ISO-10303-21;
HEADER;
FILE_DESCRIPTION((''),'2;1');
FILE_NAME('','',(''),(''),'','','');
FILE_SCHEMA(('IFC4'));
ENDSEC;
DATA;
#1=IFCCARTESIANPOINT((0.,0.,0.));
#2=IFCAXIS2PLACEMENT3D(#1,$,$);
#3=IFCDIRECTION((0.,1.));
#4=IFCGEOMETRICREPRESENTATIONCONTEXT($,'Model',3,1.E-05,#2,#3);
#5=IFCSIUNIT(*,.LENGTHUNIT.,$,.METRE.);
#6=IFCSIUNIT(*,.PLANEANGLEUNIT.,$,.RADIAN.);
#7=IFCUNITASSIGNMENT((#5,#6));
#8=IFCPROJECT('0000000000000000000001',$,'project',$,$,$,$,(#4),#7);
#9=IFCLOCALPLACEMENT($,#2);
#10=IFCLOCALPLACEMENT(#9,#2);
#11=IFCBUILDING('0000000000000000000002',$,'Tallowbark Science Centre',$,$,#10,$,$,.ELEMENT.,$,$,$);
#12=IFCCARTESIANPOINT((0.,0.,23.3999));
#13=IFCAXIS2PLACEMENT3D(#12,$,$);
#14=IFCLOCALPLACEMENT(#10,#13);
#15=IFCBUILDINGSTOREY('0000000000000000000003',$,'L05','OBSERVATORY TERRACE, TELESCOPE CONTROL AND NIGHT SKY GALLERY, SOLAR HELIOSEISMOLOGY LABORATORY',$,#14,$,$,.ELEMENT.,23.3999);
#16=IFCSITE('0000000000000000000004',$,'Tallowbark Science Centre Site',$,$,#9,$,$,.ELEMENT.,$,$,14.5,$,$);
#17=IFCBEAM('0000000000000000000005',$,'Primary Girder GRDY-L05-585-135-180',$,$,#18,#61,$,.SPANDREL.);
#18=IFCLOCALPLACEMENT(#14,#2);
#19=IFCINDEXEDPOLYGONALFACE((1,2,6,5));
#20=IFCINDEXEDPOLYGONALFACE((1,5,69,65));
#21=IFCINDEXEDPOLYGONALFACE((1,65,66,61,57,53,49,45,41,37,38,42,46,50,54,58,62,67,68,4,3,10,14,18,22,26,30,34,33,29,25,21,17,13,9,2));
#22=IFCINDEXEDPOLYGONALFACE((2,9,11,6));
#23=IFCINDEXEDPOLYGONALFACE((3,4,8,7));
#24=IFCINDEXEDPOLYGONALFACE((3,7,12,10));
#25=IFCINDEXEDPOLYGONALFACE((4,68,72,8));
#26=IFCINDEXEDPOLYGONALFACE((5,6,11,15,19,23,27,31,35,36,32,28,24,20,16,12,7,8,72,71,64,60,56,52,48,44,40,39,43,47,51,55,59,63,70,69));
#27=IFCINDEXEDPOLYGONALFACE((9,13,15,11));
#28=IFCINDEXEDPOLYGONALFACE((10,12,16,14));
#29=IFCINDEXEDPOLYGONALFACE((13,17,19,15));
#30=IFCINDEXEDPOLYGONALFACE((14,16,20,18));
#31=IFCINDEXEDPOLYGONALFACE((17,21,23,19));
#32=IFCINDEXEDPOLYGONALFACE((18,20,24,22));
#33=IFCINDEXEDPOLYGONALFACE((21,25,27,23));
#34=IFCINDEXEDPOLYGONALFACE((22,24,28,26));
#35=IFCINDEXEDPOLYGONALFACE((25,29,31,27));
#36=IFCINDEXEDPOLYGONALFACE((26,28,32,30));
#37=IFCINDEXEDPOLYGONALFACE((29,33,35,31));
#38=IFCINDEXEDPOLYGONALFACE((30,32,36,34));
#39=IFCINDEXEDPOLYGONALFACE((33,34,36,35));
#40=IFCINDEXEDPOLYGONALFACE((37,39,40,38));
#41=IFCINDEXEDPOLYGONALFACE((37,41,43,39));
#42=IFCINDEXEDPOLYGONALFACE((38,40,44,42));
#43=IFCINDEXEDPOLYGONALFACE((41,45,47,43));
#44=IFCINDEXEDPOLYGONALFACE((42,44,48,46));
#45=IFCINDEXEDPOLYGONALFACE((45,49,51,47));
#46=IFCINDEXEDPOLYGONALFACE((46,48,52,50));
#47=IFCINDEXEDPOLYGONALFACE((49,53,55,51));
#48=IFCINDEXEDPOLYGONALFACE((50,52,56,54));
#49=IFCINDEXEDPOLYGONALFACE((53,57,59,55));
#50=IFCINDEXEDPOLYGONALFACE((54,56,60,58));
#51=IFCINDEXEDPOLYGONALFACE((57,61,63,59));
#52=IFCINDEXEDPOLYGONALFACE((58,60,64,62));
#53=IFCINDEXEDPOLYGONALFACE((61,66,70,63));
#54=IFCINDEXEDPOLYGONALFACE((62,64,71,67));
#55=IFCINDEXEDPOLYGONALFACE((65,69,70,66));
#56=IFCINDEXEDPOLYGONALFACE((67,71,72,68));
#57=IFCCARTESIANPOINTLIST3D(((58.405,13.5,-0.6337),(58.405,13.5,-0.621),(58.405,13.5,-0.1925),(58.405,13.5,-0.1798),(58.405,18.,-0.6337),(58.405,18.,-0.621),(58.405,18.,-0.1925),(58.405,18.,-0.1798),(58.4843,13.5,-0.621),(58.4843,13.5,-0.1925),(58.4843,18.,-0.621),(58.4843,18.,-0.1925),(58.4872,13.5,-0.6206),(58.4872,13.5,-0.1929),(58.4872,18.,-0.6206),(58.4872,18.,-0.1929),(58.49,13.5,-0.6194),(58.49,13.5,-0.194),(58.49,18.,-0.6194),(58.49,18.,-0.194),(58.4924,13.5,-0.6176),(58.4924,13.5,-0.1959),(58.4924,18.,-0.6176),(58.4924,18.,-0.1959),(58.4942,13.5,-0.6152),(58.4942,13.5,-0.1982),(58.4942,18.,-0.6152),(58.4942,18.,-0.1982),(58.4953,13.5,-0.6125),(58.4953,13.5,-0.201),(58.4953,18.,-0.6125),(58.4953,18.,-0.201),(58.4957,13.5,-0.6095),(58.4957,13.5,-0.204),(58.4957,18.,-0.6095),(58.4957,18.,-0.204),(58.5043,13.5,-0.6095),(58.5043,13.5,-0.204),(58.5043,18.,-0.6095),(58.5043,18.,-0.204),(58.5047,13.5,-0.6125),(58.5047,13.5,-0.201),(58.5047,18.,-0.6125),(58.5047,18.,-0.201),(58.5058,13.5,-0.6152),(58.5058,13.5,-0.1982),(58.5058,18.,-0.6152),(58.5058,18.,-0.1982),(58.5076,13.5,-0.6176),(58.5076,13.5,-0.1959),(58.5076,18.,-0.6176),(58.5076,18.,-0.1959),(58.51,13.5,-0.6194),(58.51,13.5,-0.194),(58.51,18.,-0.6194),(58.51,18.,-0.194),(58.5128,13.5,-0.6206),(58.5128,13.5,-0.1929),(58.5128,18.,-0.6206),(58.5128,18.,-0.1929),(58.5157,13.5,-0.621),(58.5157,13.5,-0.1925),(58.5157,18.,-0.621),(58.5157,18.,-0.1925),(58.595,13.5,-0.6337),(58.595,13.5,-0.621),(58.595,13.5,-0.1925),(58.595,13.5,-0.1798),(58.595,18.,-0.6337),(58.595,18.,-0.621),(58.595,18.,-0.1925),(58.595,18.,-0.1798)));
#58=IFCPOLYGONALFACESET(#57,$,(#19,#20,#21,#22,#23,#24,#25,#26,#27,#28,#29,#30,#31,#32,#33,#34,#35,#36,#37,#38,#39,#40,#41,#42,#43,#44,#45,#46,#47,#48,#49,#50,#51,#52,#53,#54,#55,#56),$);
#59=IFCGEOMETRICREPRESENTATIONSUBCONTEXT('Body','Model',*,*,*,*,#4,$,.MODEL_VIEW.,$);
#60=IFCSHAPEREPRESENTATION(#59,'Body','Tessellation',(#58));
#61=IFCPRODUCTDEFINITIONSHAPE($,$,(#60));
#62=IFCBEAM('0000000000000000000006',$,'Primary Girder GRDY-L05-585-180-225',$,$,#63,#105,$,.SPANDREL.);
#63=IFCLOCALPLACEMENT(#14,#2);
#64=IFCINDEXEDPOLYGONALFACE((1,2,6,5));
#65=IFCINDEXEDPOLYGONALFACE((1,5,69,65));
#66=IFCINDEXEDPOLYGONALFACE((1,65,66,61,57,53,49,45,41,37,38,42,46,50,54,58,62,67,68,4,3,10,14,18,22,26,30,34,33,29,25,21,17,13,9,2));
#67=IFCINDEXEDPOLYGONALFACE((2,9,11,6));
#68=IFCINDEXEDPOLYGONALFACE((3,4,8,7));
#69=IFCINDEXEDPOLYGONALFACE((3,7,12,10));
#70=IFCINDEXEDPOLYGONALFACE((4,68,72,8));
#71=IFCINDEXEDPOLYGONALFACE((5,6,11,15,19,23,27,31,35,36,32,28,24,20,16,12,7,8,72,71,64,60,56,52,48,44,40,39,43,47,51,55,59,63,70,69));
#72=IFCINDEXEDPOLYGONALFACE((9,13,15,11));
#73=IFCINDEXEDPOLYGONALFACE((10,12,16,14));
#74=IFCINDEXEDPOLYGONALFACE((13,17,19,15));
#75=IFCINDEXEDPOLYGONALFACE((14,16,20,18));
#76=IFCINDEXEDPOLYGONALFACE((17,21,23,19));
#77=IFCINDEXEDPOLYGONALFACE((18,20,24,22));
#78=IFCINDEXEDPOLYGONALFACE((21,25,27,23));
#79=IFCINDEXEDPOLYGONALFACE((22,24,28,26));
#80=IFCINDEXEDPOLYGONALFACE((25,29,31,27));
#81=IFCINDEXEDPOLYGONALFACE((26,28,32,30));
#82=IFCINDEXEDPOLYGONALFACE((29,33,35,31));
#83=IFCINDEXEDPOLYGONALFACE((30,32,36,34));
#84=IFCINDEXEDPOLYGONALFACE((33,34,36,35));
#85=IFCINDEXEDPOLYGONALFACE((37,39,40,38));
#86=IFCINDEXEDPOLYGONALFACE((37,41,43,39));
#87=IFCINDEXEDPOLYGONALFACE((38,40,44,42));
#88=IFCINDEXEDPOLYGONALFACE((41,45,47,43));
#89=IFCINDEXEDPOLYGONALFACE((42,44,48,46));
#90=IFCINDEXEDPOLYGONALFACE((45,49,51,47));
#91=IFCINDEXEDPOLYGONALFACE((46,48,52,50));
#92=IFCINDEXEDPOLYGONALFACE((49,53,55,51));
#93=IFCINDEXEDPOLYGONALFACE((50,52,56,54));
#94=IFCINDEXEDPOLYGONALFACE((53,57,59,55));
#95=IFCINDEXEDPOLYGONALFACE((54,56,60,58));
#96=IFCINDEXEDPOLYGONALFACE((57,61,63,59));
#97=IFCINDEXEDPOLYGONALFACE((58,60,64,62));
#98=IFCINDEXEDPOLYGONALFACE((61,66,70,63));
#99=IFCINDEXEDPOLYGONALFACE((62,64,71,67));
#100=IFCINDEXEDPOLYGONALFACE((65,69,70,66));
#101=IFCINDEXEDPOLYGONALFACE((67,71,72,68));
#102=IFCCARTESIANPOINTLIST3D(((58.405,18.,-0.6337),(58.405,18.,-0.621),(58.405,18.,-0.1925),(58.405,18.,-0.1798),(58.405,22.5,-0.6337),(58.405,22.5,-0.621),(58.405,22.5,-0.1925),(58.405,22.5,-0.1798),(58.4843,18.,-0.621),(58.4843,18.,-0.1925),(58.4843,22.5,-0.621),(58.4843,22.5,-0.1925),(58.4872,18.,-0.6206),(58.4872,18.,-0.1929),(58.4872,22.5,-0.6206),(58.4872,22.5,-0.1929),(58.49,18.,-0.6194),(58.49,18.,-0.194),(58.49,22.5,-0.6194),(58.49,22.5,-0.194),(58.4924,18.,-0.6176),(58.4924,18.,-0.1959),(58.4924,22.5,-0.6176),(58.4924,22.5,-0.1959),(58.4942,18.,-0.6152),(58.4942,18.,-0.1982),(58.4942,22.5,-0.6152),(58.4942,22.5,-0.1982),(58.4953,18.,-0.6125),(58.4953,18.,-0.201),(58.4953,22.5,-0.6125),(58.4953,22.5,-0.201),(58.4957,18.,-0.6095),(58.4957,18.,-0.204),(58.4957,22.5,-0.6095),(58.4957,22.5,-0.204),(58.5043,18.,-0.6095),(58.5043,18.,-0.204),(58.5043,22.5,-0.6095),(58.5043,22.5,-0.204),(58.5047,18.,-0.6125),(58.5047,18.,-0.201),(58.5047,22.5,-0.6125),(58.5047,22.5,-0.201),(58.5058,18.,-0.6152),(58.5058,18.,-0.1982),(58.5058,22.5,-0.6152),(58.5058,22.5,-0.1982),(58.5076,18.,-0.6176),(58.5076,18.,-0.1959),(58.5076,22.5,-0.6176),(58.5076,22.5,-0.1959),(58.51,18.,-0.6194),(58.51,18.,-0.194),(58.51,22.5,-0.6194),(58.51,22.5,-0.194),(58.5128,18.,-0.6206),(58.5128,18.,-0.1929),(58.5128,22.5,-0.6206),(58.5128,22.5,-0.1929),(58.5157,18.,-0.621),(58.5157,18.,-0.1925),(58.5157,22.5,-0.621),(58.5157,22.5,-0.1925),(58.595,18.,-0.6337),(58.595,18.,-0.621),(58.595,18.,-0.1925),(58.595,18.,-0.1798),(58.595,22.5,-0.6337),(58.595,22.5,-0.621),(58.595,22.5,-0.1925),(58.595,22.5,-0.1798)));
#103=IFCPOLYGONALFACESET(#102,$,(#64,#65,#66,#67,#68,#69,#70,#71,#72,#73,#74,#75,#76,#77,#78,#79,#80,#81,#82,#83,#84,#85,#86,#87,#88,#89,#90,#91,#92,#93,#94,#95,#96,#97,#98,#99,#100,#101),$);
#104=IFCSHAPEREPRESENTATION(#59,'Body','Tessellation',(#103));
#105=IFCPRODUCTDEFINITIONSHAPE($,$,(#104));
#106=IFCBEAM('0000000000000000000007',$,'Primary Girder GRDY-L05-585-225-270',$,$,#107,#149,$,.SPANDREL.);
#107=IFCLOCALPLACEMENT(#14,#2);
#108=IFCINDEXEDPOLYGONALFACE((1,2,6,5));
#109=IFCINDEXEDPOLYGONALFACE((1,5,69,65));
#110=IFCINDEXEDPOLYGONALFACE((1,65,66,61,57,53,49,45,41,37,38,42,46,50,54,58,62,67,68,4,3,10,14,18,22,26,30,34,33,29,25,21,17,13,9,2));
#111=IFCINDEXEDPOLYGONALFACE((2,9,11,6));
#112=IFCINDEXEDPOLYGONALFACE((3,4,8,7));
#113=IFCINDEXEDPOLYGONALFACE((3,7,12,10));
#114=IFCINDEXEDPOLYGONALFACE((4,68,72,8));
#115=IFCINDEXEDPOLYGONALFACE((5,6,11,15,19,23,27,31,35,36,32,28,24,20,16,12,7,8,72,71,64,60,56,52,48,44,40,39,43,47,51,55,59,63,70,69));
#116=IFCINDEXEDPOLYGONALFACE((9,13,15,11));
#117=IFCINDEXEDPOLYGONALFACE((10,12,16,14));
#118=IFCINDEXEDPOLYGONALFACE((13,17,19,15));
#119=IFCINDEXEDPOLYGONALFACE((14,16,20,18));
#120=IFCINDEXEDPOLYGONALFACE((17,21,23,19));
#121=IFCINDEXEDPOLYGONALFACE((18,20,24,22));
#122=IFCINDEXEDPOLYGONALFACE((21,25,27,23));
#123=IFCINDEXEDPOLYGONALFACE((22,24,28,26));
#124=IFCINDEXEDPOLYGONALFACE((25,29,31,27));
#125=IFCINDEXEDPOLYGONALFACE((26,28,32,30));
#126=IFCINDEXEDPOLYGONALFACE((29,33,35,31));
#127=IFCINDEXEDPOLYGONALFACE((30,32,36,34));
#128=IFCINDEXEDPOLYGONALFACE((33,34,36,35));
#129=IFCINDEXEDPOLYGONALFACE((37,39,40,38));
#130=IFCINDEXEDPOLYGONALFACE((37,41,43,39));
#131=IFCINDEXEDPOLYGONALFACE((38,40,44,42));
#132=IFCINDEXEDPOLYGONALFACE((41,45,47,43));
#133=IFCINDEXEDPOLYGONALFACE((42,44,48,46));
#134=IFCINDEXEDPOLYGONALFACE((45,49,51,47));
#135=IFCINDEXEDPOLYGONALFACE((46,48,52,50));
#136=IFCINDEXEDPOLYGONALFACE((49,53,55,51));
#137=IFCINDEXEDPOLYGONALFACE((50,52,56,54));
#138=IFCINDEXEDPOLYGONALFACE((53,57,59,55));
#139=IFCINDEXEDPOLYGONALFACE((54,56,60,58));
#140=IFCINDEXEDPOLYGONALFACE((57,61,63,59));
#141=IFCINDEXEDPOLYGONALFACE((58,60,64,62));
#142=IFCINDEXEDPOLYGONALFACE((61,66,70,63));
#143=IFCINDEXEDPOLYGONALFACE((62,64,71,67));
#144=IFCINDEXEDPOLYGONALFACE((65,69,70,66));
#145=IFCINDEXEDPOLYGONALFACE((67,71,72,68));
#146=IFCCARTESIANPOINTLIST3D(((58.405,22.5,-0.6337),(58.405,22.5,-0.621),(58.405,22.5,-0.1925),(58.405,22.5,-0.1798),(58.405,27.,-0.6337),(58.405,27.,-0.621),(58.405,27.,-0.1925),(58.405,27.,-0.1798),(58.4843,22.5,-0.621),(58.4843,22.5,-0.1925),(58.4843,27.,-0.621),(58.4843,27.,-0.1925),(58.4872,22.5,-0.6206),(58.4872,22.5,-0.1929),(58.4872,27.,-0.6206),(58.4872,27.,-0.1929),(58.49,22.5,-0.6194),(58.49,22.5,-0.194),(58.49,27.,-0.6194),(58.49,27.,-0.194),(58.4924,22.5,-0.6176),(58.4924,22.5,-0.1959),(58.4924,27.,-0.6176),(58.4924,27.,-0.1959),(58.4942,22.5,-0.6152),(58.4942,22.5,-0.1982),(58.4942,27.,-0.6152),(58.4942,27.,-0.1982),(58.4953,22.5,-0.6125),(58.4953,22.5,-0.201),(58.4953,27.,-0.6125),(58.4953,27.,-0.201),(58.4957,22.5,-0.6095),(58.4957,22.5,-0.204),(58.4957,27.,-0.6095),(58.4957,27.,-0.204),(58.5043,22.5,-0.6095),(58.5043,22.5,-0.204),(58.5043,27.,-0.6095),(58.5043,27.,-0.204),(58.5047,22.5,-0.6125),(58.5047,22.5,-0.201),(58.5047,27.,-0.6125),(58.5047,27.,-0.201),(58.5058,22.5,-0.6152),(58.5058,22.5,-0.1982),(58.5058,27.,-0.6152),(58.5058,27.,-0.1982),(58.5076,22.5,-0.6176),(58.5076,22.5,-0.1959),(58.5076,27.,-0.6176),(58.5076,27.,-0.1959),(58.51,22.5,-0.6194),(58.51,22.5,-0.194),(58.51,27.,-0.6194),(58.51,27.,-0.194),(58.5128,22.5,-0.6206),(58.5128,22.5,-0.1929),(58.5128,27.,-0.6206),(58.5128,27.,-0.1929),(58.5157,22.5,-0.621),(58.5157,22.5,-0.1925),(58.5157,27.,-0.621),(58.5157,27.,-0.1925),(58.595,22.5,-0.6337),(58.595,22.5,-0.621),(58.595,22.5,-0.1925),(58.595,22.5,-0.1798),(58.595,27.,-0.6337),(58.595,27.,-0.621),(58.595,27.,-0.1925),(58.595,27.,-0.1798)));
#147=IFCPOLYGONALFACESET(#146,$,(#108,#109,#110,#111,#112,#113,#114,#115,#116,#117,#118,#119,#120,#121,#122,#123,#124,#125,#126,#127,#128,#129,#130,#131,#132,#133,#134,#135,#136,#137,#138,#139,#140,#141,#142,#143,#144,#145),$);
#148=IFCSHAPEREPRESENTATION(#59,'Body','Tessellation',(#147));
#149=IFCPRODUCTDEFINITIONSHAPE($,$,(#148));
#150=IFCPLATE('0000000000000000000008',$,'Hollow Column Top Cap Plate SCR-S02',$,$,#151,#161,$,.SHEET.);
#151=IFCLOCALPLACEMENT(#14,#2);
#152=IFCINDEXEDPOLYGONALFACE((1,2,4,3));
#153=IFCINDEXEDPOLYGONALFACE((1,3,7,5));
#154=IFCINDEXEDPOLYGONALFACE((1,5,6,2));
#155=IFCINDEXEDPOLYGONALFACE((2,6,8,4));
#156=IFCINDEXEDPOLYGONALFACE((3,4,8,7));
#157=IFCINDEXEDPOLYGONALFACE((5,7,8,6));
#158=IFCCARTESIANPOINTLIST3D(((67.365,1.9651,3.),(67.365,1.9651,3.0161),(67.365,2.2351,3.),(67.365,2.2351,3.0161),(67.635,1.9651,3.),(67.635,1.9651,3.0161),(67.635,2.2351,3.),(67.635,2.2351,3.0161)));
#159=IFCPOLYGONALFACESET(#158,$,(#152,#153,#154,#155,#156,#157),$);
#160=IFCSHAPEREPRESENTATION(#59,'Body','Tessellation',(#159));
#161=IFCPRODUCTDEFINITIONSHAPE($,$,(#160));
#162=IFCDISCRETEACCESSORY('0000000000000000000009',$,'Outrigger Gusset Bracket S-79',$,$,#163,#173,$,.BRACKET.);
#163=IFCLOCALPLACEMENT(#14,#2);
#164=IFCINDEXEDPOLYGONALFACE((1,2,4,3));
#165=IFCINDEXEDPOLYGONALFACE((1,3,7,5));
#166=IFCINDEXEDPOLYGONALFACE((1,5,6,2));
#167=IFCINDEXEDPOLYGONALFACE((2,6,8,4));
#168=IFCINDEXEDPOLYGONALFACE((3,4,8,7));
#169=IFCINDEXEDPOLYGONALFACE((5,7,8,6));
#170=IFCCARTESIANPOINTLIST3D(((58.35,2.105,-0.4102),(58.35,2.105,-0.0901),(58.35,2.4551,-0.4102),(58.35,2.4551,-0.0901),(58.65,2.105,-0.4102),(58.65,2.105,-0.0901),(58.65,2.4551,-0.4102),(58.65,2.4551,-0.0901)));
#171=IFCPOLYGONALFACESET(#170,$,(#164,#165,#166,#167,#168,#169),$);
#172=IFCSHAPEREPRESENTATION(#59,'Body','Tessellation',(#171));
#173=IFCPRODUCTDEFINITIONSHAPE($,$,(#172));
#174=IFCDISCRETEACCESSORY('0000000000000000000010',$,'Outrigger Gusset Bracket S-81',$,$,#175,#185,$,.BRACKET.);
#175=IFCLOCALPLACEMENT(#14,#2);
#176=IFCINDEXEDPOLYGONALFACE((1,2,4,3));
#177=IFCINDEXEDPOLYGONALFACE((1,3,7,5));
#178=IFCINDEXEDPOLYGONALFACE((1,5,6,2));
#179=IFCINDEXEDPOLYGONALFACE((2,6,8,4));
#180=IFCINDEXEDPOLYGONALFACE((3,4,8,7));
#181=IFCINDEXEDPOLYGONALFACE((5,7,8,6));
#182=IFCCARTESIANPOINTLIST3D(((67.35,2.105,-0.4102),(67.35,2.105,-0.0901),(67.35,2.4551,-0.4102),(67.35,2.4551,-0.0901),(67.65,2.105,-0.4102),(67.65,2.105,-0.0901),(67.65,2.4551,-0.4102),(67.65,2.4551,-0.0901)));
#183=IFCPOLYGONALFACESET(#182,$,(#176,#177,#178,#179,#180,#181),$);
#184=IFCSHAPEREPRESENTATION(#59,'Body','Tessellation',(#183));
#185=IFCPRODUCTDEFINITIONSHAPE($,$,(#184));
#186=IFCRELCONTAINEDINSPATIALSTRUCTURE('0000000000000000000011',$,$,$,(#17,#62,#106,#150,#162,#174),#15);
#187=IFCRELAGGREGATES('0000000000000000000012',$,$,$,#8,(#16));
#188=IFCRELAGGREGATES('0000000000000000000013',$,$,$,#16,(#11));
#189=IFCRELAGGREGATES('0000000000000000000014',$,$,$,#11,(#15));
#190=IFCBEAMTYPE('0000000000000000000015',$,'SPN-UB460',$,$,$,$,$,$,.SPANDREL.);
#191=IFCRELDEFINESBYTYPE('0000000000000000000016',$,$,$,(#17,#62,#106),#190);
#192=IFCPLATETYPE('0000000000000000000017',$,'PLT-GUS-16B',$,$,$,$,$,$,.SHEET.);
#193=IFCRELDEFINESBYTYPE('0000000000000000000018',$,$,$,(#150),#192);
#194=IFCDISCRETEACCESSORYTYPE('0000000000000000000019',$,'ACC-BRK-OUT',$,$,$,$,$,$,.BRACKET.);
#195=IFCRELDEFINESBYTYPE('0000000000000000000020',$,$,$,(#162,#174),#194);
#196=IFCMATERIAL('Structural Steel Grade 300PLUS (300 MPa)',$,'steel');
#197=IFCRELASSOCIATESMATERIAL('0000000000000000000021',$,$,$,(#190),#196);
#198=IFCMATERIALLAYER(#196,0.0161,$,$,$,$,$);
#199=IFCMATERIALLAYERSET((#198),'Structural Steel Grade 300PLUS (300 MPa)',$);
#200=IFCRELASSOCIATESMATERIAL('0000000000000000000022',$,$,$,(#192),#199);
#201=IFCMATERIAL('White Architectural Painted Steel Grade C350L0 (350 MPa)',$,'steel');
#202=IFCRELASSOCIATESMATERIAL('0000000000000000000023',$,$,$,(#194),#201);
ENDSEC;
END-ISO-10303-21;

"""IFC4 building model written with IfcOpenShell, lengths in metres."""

from ifc_helpers import new_model, si_unit, direction, frame, origin, origin_2d, place, context, subcontext, project, spatial, rectangle, i_section, extrude, material, layer, layer_set, material_profile, profile_set, type_object, element, save


model = new_model("IFC4")

# Units and contexts
model_context = context("Model", 3, precision=1e-05, world=origin(), true_north=direction((0.0, 1.0)))
body_context = subcontext(model_context, "Body", "Model", "MODEL_VIEW")
ifc_project = project(units=[si_unit("LENGTHUNIT", "METRE"), si_unit("PLANEANGLEUNIT", "RADIAN")], contexts=[model_context])

# Site, building, storey
site_placement = place(None, origin())
site = spatial("IfcSite", under=ifc_project, at=site_placement, Name="Tallowbark Science Centre Site", CompositionType="ELEMENT", RefElevation=14.5)
building_placement = place(site_placement, origin())
building = spatial("IfcBuilding", under=site, at=building_placement, Name="Tallowbark Science Centre", CompositionType="ELEMENT")
storey_placement = place(building_placement, frame((0.0, 0.0, 23.3999)))
storey = spatial("IfcBuildingStorey", under=building, at=storey_placement, Name="L05", Description="OBSERVATORY TERRACE, TELESCOPE CONTROL AND NIGHT SKY GALLERY, SOLAR HELIOSEISMOLOGY LABORATORY", CompositionType="ELEMENT", Elevation=23.3999)

# Shared definitions
ifc_material_1 = material(Name="White Architectural Painted Steel Grade C350L0 (350 MPa)", Category="steel")
ifc_material_2 = material(Name="Structural Steel Grade 300PLUS (300 MPa)", Category="steel")

# Beams
ifc_material_profile_1 = material_profile(ifc_material_2, i_section(OverallWidth=0.1899, OverallDepth=0.4539, WebThickness=0.0085, FlangeThickness=0.0127, FilletRadius=0.0115, at=origin_2d()), Name="460UB67.1")
ifc_profile_set_1 = profile_set([ifc_material_profile_1], Name="Structural Steel Grade 300PLUS (300 MPa)")
beam_type_1 = type_object("IfcBeamType", Name="SPN-UB460", PredefinedType="SPANDREL", material=ifc_profile_set_1)
for number, where, z_axis, x_axis, name in (
    (1, (58.5, 13.5, -0.4067), (0.0, 1.0, 0.0), (-1.0, 0.0, 0.0), "Primary Girder GRDY-L05-585-135-180"),
    (2, (58.5, 18.0, -0.4067), (0.0, 1.0, 0.0), (-1.0, 0.0, 0.0), "Primary Girder GRDY-L05-585-180-225"),
    (3, (58.5, 22.5, -0.4067), (0.0, 1.0, 0.0), (-1.0, 0.0, 0.0), "Primary Girder GRDY-L05-585-225-270"),
):
    element("IfcBeam", number, at=place(storey_placement, frame(where, z_axis=z_axis, x_axis=x_axis)), inside=storey, type_object=beam_type_1, Name=name, PredefinedType="SPANDREL", context=body_context, shape_type="SweptSolid", body=[
        extrude(i_section(OverallWidth=0.1899, OverallDepth=0.4539, WebThickness=0.0085, FlangeThickness=0.0127, FilletRadius=0.0115, at=origin_2d()), origin(), (0.0, 0.0, 1.0), 4.5),
    ])

# Plate
ifc_layer = layer(ifc_material_2, 0.0161)
ifc_layer_set = layer_set([ifc_layer], Name="Structural Steel Grade 300PLUS (300 MPa)")
plate_type = type_object("IfcPlateType", Name="PLT-GUS-16B", PredefinedType="SHEET", material=ifc_layer_set)
plate_placement = place(storey_placement, frame((67.5, 2.1001, 3.0), z_axis=(0.0, 0.0, 1.0), x_axis=(1.0, 0.0, 0.0)))
element("IfcPlate", 4, at=plate_placement, inside=storey, type_object=plate_type, Name="Hollow Column Top Cap Plate SCR-S02", PredefinedType="SHEET", context=body_context, shape_type="SweptSolid", body=[
    extrude(rectangle(XDim=0.27, YDim=0.27, at=origin_2d()), origin(), (0.0, 0.0, 1.0), 0.0161),
])

# Discrete accessories
discrete_accessory_type = type_object("IfcDiscreteAccessoryType", Name="ACC-BRK-OUT", PredefinedType="BRACKET", material=ifc_material_1)
for number, where, z_axis, x_axis, name in (
    (5, (58.5, 2.28, -0.4102), (0.0, 0.0, 1.0), (1.0, 0.0, 0.0), "Outrigger Gusset Bracket S-79"),
    (6, (67.5, 2.28, -0.4102), (0.0, 0.0, 1.0), (1.0, 0.0, 0.0), "Outrigger Gusset Bracket S-81"),
):
    element("IfcDiscreteAccessory", number, at=place(storey_placement, frame(where, z_axis=z_axis, x_axis=x_axis)), inside=storey, type_object=discrete_accessory_type, Name=name, PredefinedType="BRACKET", context=body_context, shape_type="SweptSolid", body=[
        extrude(rectangle(XDim=0.3, YDim=0.3501, at=origin_2d()), origin(), (0.0, 0.0, 1.0), 0.3201),
    ])

save(model, "model.ifc")
